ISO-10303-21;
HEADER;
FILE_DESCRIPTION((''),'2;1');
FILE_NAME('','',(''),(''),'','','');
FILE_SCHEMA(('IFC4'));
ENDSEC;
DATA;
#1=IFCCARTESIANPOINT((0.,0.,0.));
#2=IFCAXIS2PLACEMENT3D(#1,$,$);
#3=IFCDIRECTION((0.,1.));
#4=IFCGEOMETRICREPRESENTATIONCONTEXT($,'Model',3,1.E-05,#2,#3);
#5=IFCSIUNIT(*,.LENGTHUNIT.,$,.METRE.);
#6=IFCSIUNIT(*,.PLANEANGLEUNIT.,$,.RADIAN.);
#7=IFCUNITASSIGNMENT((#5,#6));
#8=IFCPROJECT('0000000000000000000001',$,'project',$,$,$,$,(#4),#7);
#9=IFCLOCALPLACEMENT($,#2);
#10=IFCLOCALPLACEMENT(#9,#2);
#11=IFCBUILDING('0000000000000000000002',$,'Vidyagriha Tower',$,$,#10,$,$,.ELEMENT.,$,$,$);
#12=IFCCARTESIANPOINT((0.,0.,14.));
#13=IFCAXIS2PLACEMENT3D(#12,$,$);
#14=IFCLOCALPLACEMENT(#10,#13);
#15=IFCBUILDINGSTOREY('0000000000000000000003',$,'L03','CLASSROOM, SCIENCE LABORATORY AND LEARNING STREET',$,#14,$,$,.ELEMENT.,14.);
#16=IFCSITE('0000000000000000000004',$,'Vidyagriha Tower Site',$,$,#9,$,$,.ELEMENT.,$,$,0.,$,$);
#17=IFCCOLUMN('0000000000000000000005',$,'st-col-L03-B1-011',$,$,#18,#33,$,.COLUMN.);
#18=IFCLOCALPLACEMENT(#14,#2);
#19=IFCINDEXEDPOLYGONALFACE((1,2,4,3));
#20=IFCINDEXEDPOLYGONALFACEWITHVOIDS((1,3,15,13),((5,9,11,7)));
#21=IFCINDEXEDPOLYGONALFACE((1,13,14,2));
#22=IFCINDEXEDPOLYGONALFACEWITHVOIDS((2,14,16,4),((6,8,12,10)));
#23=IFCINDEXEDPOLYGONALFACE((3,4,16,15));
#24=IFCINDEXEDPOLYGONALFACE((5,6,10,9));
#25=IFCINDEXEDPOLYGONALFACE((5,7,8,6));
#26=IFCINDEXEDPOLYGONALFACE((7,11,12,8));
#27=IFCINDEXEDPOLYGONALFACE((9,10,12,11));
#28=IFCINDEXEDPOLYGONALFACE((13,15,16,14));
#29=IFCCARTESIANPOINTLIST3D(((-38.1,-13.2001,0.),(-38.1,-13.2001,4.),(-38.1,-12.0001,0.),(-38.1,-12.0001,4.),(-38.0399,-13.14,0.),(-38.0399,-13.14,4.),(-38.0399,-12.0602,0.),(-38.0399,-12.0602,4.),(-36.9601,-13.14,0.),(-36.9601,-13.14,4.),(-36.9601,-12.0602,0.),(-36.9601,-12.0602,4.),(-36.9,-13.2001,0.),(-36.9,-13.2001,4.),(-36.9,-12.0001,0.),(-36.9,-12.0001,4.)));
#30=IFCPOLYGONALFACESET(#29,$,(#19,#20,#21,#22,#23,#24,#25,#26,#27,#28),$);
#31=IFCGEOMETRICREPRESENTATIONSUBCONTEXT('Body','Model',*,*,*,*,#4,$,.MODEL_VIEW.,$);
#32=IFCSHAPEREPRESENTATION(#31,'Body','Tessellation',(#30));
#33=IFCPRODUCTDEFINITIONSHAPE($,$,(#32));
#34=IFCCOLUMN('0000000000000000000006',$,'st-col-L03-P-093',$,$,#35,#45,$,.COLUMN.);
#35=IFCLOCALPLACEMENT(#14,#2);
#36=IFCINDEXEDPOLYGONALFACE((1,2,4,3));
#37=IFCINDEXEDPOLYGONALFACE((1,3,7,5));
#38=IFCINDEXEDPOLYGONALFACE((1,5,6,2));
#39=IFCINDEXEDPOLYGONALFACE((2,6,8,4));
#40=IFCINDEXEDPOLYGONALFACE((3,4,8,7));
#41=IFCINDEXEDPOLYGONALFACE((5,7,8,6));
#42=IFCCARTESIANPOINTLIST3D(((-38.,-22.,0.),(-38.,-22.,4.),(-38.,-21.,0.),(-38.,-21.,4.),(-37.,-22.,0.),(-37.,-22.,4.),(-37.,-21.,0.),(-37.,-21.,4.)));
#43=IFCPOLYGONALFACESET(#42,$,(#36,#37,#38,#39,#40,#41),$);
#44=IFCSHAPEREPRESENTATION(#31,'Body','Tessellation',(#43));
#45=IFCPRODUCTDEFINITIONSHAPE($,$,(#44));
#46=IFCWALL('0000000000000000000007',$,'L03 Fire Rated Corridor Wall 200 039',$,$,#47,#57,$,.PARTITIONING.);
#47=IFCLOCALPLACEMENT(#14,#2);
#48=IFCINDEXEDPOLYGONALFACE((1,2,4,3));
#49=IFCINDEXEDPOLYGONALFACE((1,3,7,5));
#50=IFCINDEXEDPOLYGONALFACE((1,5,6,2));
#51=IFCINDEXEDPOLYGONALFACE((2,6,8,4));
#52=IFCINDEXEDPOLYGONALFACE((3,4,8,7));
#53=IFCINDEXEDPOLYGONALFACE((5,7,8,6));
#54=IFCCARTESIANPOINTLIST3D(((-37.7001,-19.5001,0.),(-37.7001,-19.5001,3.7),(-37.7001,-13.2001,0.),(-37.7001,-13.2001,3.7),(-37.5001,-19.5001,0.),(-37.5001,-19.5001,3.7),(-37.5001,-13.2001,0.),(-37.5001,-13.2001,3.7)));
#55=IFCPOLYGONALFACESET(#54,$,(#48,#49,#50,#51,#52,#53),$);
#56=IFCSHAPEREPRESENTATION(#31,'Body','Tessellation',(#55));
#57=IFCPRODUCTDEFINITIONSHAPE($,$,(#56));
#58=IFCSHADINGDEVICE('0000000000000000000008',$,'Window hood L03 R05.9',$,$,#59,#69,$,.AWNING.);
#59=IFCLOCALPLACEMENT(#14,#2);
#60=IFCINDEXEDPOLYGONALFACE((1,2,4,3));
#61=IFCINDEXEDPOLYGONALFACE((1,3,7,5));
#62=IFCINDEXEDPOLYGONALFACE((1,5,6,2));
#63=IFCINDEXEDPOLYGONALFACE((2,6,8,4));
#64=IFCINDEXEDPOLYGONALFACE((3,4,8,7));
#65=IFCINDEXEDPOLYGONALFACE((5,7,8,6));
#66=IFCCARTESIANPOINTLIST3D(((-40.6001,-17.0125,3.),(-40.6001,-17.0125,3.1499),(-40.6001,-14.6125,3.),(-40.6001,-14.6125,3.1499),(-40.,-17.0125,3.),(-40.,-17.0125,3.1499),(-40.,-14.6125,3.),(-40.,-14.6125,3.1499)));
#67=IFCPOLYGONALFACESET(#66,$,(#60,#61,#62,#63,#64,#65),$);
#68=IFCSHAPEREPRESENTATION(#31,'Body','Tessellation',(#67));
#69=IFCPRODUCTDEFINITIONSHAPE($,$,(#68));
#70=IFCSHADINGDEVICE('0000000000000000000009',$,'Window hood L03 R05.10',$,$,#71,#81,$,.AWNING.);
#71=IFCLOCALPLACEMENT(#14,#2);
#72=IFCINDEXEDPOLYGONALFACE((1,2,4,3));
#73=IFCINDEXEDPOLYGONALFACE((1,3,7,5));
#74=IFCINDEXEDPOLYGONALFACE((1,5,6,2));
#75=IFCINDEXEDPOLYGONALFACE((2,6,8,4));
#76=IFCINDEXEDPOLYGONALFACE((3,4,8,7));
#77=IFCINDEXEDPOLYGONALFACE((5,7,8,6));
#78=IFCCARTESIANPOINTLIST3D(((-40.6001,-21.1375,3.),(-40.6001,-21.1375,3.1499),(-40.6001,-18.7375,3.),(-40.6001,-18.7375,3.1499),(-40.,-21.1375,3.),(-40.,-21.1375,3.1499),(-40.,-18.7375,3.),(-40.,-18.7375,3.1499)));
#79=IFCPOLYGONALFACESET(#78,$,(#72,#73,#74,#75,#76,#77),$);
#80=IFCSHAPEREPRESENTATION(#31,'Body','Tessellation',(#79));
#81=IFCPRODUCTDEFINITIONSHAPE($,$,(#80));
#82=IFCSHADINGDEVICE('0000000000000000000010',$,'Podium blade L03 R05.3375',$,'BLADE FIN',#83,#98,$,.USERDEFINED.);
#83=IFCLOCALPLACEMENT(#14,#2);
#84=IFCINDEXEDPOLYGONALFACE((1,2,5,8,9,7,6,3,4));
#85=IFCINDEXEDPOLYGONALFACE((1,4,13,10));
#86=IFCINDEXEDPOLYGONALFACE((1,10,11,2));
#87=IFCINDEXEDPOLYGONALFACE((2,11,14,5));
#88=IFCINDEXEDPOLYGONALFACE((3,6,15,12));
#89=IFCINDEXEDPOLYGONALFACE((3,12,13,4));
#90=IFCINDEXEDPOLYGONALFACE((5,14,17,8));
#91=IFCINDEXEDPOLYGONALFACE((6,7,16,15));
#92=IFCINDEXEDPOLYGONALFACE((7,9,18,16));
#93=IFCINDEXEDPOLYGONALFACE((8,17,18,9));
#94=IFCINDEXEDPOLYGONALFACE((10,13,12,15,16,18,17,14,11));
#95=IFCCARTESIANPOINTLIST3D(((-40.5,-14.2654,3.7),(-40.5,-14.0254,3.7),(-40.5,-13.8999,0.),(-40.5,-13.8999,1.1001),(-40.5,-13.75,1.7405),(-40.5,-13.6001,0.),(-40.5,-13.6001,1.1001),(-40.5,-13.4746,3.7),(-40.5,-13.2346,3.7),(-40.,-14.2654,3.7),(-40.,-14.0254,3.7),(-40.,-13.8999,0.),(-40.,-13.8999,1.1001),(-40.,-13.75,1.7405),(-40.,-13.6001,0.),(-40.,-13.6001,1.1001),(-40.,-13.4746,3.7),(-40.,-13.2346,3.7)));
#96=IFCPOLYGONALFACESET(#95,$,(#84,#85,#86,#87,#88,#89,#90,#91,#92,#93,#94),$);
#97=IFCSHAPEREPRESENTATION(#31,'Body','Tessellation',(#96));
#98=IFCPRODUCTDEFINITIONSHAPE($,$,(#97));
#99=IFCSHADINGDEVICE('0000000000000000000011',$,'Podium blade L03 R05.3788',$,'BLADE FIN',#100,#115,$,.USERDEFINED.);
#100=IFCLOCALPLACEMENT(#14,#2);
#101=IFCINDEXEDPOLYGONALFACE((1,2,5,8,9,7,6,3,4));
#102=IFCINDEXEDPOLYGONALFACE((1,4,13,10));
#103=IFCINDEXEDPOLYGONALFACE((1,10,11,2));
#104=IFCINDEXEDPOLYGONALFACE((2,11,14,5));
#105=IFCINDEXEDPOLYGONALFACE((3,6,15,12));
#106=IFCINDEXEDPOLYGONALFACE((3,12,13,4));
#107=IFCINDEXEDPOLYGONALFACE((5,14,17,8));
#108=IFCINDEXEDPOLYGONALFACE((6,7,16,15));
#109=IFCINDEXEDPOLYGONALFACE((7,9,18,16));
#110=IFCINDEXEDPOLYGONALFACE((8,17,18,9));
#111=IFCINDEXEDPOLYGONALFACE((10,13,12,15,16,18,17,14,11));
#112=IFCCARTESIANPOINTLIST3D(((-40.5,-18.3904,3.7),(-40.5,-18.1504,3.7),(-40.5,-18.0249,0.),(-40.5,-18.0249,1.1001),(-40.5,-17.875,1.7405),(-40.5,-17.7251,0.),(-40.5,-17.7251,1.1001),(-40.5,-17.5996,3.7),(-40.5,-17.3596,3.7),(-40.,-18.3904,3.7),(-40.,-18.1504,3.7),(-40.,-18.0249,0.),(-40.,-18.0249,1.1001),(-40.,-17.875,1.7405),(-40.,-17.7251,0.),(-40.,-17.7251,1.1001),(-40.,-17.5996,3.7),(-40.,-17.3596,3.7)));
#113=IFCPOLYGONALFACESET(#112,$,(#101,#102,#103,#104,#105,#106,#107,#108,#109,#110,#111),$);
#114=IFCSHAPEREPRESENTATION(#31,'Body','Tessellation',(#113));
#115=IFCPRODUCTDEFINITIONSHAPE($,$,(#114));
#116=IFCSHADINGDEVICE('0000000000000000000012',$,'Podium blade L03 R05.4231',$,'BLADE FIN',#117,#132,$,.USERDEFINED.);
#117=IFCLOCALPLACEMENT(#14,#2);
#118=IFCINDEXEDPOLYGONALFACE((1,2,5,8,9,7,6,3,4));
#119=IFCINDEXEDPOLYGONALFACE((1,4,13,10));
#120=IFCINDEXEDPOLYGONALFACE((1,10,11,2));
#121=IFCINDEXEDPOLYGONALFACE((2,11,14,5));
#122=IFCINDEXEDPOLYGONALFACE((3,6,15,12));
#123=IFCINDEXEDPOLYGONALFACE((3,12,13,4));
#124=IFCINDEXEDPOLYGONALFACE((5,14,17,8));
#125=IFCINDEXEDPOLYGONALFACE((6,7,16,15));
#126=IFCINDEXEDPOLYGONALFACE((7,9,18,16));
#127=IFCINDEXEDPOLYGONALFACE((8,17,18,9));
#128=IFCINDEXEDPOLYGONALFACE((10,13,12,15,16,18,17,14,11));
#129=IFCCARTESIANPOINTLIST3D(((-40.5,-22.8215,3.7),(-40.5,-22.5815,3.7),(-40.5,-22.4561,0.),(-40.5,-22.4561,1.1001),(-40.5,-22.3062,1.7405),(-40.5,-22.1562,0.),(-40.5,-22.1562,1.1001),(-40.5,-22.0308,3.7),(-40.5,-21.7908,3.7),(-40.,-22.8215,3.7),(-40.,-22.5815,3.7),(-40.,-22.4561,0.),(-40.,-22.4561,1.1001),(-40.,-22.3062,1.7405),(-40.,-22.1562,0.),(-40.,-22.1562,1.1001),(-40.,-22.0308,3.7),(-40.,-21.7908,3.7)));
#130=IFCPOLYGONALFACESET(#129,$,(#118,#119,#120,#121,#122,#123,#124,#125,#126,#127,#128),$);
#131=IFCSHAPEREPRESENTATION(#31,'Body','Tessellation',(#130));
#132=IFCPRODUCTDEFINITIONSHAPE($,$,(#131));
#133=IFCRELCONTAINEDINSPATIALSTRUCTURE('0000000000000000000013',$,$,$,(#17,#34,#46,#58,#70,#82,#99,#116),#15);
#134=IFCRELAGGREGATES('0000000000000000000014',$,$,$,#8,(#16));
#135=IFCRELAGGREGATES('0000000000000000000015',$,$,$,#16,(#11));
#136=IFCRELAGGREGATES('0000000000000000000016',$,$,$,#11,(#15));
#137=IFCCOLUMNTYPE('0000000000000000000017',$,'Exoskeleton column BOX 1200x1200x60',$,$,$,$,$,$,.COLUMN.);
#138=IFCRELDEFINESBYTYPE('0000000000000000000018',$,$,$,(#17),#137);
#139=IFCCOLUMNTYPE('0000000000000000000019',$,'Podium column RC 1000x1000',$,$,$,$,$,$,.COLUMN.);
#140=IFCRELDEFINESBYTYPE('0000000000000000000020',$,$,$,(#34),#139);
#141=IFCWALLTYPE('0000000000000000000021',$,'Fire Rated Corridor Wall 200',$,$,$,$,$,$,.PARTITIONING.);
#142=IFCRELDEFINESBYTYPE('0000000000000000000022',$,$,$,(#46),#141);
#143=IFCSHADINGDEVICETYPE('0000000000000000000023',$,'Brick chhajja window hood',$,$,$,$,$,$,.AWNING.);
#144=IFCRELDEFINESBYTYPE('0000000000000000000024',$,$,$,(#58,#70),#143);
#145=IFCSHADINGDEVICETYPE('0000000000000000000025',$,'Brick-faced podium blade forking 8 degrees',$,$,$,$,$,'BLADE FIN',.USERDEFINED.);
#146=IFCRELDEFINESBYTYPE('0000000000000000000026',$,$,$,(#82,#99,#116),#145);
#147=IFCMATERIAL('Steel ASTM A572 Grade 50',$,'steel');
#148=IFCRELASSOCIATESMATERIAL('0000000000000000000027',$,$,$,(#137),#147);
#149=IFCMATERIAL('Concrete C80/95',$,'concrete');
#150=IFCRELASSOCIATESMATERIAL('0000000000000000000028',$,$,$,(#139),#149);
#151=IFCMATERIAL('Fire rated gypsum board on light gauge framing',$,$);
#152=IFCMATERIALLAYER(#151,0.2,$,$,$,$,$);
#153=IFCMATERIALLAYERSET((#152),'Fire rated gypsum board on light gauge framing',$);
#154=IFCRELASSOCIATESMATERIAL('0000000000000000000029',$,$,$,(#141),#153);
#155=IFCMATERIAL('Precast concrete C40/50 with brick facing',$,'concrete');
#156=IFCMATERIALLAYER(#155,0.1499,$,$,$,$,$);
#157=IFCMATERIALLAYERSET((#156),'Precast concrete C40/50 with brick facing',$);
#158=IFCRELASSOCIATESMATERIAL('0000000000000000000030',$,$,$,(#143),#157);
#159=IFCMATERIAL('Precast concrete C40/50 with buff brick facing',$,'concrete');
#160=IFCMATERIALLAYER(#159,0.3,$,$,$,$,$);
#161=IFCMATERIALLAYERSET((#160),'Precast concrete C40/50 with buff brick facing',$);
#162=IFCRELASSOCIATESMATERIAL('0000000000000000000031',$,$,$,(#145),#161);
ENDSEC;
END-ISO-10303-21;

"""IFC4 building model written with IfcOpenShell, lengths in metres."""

from ifc_helpers import new_model, si_unit, direction, frame, frame_2d, origin, origin_2d, place, context, subcontext, project, spatial, polyline, rectangle, hollow_rectangle, outline, extrude, material, layer, layer_set, material_profile, profile_set, type_object, element, save


model = new_model("IFC4")

# Units and contexts
model_context = context("Model", 3, precision=1e-05, world=origin(), true_north=direction((0.0, 1.0)))
body_context = subcontext(model_context, "Body", "Model", "MODEL_VIEW")
ifc_project = project(units=[si_unit("LENGTHUNIT", "METRE"), si_unit("PLANEANGLEUNIT", "RADIAN")], contexts=[model_context])

# Site, building, storey
site_placement = place(None, origin())
site = spatial("IfcSite", under=ifc_project, at=site_placement, Name="Vidyagriha Tower Site", CompositionType="ELEMENT", RefElevation=0.0)
building_placement = place(site_placement, origin())
building = spatial("IfcBuilding", under=site, at=building_placement, Name="Vidyagriha Tower", CompositionType="ELEMENT")
storey_placement = place(building_placement, frame((0.0, 0.0, 14.0)))
storey = spatial("IfcBuildingStorey", under=building, at=storey_placement, Name="L03", Description="CLASSROOM, SCIENCE LABORATORY AND LEARNING STREET", CompositionType="ELEMENT", Elevation=14.0)

# Columns
ifc_material_1 = material(Name="Steel ASTM A572 Grade 50", Category="steel")
ifc_material_profile_1 = material_profile(ifc_material_1, hollow_rectangle(XDim=1.2, YDim=1.2, WallThickness=0.0601, at=origin_2d()), Name="BOX 1200x1200x60")
ifc_profile_set_1 = profile_set([ifc_material_profile_1], Name="Steel ASTM A572 Grade 50")
column_type_1 = type_object("IfcColumnType", Name="Exoskeleton column BOX 1200x1200x60", PredefinedType="COLUMN", material=ifc_profile_set_1)
column_1_placement = place(storey_placement, frame((-37.5, -12.6001, 0.0)))
element("IfcColumn", 1, at=column_1_placement, inside=storey, type_object=column_type_1, Name="st-col-L03-B1-011", PredefinedType="COLUMN", context=body_context, shape_type="SweptSolid", body=[
    extrude(hollow_rectangle(XDim=1.2, YDim=1.2, WallThickness=0.0601, at=origin_2d()), origin(), (0.0, 0.0, 1.0), 4.0),
])
ifc_material_2 = material(Name="Concrete C80/95", Category="concrete")
ifc_material_profile_2 = material_profile(ifc_material_2, rectangle(XDim=1.0, YDim=1.0, at=origin_2d()), Name="RC 1000x1000")
ifc_profile_set_2 = profile_set([ifc_material_profile_2], Name="Concrete C80/95")
column_type_2 = type_object("IfcColumnType", Name="Podium column RC 1000x1000", PredefinedType="COLUMN", material=ifc_profile_set_2)
column_2_placement = place(storey_placement, frame((-37.5, -21.5, 0.0)))
element("IfcColumn", 2, at=column_2_placement, inside=storey, type_object=column_type_2, Name="st-col-L03-P-093", PredefinedType="COLUMN", context=body_context, shape_type="SweptSolid", body=[
    extrude(rectangle(XDim=1.0, YDim=1.0, at=origin_2d()), origin(), (0.0, 0.0, 1.0), 4.0),
])

# Shared definitions
ifc_material_3 = material(Name="Fire rated gypsum board on light gauge framing")
ifc_layer_1 = layer(ifc_material_3, 0.2)
ifc_layer_set_1 = layer_set([ifc_layer_1], Name="Fire rated gypsum board on light gauge framing")
wall_type = type_object("IfcWallType", Name="Fire Rated Corridor Wall 200", PredefinedType="PARTITIONING", material=ifc_layer_set_1)

# Wall
wall_1_placement = place(storey_placement, frame((-37.6001, -19.5, 0.0), z_axis=(0.0, 0.0, 1.0), x_axis=(0.0, 1.0, 0.0)))
element("IfcWall", 3, at=wall_1_placement, inside=storey, type_object=wall_type, Name="L03 Fire Rated Corridor Wall 200 039", PredefinedType="PARTITIONING", context=body_context, shape_type="SweptSolid", body=[
    extrude(rectangle(XDim=6.3, YDim=0.2, at=frame_2d((3.1499, 0.0))), origin(), (0.0, 0.0, 1.0), 3.7),
])

# Shading devices
ifc_material_4 = material(Name="Precast concrete C40/50 with brick facing", Category="concrete")
ifc_layer_2 = layer(ifc_material_4, 0.1499)
ifc_layer_set_2 = layer_set([ifc_layer_2], Name="Precast concrete C40/50 with brick facing")
shading_device_type_1 = type_object("IfcShadingDeviceType", Name="Brick chhajja window hood", PredefinedType="AWNING", material=ifc_layer_set_2)
for number, where, z_axis, x_axis, name in (
    (4, (-40.3, -15.8125, 3.0), (0.0, 0.0, 1.0), (0.0, -1.0, 0.0), "Window hood L03 R05.9"),
    (5, (-40.3, -19.9375, 3.0), (0.0, 0.0, 1.0), (0.0, -1.0, 0.0), "Window hood L03 R05.10"),
):
    element("IfcShadingDevice", number, at=place(storey_placement, frame(where, z_axis=z_axis, x_axis=x_axis)), inside=storey, type_object=shading_device_type_1, Name=name, PredefinedType="AWNING", context=body_context, shape_type="SweptSolid", body=[
        extrude(rectangle(XDim=2.3999, YDim=0.6001, at=origin_2d()), origin(), (0.0, 0.0, 1.0), 0.1499),
    ])
ifc_material_5 = material(Name="Precast concrete C40/50 with buff brick facing", Category="concrete")
ifc_layer_3 = layer(ifc_material_5, 0.3)
ifc_layer_set_3 = layer_set([ifc_layer_3], Name="Precast concrete C40/50 with buff brick facing")
shading_device_type_2 = type_object("IfcShadingDeviceType", Name="Brick-faced podium blade forking 8 degrees", ElementType="BLADE FIN", PredefinedType="USERDEFINED", material=ifc_layer_set_3)
for number, where, z_axis, x_axis, name in (
    (6, (-40.25, -13.2346, 0.0), (0.0, 0.0, 1.0), (0.0, -1.0, 0.0), "Podium blade L03 R05.3375"),
    (7, (-40.25, -17.3596, 0.0), (0.0, 0.0, 1.0), (0.0, -1.0, 0.0), "Podium blade L03 R05.3788"),
    (8, (-40.25, -21.7908, 0.0), (0.0, 0.0, 1.0), (0.0, -1.0, 0.0), "Podium blade L03 R05.4231"),
):
    element("IfcShadingDevice", number, at=place(storey_placement, frame(where, z_axis=z_axis, x_axis=x_axis)), inside=storey, type_object=shading_device_type_2, Name=name, ObjectType="BLADE FIN", PredefinedType="USERDEFINED", context=body_context, shape_type="SweptSolid", body=[
        extrude(outline(polyline([(0.6653, 0.0), (0.6653, 1.1001), (1.0308, 3.7), (0.7908, 3.7), (0.5154, 1.7405), (0.24, 3.7), (0.0, 3.7), (0.3655, 1.1001), (0.3655, 0.0), (0.6653, 0.0)])), frame((0.0, 0.25, 0.0), z_axis=(0.0, -1.0, 0.0), x_axis=(1.0, 0.0, 0.0)), (0.0, 0.0, 1.0), 0.5),
    ])

save(model, "model.ifc")
